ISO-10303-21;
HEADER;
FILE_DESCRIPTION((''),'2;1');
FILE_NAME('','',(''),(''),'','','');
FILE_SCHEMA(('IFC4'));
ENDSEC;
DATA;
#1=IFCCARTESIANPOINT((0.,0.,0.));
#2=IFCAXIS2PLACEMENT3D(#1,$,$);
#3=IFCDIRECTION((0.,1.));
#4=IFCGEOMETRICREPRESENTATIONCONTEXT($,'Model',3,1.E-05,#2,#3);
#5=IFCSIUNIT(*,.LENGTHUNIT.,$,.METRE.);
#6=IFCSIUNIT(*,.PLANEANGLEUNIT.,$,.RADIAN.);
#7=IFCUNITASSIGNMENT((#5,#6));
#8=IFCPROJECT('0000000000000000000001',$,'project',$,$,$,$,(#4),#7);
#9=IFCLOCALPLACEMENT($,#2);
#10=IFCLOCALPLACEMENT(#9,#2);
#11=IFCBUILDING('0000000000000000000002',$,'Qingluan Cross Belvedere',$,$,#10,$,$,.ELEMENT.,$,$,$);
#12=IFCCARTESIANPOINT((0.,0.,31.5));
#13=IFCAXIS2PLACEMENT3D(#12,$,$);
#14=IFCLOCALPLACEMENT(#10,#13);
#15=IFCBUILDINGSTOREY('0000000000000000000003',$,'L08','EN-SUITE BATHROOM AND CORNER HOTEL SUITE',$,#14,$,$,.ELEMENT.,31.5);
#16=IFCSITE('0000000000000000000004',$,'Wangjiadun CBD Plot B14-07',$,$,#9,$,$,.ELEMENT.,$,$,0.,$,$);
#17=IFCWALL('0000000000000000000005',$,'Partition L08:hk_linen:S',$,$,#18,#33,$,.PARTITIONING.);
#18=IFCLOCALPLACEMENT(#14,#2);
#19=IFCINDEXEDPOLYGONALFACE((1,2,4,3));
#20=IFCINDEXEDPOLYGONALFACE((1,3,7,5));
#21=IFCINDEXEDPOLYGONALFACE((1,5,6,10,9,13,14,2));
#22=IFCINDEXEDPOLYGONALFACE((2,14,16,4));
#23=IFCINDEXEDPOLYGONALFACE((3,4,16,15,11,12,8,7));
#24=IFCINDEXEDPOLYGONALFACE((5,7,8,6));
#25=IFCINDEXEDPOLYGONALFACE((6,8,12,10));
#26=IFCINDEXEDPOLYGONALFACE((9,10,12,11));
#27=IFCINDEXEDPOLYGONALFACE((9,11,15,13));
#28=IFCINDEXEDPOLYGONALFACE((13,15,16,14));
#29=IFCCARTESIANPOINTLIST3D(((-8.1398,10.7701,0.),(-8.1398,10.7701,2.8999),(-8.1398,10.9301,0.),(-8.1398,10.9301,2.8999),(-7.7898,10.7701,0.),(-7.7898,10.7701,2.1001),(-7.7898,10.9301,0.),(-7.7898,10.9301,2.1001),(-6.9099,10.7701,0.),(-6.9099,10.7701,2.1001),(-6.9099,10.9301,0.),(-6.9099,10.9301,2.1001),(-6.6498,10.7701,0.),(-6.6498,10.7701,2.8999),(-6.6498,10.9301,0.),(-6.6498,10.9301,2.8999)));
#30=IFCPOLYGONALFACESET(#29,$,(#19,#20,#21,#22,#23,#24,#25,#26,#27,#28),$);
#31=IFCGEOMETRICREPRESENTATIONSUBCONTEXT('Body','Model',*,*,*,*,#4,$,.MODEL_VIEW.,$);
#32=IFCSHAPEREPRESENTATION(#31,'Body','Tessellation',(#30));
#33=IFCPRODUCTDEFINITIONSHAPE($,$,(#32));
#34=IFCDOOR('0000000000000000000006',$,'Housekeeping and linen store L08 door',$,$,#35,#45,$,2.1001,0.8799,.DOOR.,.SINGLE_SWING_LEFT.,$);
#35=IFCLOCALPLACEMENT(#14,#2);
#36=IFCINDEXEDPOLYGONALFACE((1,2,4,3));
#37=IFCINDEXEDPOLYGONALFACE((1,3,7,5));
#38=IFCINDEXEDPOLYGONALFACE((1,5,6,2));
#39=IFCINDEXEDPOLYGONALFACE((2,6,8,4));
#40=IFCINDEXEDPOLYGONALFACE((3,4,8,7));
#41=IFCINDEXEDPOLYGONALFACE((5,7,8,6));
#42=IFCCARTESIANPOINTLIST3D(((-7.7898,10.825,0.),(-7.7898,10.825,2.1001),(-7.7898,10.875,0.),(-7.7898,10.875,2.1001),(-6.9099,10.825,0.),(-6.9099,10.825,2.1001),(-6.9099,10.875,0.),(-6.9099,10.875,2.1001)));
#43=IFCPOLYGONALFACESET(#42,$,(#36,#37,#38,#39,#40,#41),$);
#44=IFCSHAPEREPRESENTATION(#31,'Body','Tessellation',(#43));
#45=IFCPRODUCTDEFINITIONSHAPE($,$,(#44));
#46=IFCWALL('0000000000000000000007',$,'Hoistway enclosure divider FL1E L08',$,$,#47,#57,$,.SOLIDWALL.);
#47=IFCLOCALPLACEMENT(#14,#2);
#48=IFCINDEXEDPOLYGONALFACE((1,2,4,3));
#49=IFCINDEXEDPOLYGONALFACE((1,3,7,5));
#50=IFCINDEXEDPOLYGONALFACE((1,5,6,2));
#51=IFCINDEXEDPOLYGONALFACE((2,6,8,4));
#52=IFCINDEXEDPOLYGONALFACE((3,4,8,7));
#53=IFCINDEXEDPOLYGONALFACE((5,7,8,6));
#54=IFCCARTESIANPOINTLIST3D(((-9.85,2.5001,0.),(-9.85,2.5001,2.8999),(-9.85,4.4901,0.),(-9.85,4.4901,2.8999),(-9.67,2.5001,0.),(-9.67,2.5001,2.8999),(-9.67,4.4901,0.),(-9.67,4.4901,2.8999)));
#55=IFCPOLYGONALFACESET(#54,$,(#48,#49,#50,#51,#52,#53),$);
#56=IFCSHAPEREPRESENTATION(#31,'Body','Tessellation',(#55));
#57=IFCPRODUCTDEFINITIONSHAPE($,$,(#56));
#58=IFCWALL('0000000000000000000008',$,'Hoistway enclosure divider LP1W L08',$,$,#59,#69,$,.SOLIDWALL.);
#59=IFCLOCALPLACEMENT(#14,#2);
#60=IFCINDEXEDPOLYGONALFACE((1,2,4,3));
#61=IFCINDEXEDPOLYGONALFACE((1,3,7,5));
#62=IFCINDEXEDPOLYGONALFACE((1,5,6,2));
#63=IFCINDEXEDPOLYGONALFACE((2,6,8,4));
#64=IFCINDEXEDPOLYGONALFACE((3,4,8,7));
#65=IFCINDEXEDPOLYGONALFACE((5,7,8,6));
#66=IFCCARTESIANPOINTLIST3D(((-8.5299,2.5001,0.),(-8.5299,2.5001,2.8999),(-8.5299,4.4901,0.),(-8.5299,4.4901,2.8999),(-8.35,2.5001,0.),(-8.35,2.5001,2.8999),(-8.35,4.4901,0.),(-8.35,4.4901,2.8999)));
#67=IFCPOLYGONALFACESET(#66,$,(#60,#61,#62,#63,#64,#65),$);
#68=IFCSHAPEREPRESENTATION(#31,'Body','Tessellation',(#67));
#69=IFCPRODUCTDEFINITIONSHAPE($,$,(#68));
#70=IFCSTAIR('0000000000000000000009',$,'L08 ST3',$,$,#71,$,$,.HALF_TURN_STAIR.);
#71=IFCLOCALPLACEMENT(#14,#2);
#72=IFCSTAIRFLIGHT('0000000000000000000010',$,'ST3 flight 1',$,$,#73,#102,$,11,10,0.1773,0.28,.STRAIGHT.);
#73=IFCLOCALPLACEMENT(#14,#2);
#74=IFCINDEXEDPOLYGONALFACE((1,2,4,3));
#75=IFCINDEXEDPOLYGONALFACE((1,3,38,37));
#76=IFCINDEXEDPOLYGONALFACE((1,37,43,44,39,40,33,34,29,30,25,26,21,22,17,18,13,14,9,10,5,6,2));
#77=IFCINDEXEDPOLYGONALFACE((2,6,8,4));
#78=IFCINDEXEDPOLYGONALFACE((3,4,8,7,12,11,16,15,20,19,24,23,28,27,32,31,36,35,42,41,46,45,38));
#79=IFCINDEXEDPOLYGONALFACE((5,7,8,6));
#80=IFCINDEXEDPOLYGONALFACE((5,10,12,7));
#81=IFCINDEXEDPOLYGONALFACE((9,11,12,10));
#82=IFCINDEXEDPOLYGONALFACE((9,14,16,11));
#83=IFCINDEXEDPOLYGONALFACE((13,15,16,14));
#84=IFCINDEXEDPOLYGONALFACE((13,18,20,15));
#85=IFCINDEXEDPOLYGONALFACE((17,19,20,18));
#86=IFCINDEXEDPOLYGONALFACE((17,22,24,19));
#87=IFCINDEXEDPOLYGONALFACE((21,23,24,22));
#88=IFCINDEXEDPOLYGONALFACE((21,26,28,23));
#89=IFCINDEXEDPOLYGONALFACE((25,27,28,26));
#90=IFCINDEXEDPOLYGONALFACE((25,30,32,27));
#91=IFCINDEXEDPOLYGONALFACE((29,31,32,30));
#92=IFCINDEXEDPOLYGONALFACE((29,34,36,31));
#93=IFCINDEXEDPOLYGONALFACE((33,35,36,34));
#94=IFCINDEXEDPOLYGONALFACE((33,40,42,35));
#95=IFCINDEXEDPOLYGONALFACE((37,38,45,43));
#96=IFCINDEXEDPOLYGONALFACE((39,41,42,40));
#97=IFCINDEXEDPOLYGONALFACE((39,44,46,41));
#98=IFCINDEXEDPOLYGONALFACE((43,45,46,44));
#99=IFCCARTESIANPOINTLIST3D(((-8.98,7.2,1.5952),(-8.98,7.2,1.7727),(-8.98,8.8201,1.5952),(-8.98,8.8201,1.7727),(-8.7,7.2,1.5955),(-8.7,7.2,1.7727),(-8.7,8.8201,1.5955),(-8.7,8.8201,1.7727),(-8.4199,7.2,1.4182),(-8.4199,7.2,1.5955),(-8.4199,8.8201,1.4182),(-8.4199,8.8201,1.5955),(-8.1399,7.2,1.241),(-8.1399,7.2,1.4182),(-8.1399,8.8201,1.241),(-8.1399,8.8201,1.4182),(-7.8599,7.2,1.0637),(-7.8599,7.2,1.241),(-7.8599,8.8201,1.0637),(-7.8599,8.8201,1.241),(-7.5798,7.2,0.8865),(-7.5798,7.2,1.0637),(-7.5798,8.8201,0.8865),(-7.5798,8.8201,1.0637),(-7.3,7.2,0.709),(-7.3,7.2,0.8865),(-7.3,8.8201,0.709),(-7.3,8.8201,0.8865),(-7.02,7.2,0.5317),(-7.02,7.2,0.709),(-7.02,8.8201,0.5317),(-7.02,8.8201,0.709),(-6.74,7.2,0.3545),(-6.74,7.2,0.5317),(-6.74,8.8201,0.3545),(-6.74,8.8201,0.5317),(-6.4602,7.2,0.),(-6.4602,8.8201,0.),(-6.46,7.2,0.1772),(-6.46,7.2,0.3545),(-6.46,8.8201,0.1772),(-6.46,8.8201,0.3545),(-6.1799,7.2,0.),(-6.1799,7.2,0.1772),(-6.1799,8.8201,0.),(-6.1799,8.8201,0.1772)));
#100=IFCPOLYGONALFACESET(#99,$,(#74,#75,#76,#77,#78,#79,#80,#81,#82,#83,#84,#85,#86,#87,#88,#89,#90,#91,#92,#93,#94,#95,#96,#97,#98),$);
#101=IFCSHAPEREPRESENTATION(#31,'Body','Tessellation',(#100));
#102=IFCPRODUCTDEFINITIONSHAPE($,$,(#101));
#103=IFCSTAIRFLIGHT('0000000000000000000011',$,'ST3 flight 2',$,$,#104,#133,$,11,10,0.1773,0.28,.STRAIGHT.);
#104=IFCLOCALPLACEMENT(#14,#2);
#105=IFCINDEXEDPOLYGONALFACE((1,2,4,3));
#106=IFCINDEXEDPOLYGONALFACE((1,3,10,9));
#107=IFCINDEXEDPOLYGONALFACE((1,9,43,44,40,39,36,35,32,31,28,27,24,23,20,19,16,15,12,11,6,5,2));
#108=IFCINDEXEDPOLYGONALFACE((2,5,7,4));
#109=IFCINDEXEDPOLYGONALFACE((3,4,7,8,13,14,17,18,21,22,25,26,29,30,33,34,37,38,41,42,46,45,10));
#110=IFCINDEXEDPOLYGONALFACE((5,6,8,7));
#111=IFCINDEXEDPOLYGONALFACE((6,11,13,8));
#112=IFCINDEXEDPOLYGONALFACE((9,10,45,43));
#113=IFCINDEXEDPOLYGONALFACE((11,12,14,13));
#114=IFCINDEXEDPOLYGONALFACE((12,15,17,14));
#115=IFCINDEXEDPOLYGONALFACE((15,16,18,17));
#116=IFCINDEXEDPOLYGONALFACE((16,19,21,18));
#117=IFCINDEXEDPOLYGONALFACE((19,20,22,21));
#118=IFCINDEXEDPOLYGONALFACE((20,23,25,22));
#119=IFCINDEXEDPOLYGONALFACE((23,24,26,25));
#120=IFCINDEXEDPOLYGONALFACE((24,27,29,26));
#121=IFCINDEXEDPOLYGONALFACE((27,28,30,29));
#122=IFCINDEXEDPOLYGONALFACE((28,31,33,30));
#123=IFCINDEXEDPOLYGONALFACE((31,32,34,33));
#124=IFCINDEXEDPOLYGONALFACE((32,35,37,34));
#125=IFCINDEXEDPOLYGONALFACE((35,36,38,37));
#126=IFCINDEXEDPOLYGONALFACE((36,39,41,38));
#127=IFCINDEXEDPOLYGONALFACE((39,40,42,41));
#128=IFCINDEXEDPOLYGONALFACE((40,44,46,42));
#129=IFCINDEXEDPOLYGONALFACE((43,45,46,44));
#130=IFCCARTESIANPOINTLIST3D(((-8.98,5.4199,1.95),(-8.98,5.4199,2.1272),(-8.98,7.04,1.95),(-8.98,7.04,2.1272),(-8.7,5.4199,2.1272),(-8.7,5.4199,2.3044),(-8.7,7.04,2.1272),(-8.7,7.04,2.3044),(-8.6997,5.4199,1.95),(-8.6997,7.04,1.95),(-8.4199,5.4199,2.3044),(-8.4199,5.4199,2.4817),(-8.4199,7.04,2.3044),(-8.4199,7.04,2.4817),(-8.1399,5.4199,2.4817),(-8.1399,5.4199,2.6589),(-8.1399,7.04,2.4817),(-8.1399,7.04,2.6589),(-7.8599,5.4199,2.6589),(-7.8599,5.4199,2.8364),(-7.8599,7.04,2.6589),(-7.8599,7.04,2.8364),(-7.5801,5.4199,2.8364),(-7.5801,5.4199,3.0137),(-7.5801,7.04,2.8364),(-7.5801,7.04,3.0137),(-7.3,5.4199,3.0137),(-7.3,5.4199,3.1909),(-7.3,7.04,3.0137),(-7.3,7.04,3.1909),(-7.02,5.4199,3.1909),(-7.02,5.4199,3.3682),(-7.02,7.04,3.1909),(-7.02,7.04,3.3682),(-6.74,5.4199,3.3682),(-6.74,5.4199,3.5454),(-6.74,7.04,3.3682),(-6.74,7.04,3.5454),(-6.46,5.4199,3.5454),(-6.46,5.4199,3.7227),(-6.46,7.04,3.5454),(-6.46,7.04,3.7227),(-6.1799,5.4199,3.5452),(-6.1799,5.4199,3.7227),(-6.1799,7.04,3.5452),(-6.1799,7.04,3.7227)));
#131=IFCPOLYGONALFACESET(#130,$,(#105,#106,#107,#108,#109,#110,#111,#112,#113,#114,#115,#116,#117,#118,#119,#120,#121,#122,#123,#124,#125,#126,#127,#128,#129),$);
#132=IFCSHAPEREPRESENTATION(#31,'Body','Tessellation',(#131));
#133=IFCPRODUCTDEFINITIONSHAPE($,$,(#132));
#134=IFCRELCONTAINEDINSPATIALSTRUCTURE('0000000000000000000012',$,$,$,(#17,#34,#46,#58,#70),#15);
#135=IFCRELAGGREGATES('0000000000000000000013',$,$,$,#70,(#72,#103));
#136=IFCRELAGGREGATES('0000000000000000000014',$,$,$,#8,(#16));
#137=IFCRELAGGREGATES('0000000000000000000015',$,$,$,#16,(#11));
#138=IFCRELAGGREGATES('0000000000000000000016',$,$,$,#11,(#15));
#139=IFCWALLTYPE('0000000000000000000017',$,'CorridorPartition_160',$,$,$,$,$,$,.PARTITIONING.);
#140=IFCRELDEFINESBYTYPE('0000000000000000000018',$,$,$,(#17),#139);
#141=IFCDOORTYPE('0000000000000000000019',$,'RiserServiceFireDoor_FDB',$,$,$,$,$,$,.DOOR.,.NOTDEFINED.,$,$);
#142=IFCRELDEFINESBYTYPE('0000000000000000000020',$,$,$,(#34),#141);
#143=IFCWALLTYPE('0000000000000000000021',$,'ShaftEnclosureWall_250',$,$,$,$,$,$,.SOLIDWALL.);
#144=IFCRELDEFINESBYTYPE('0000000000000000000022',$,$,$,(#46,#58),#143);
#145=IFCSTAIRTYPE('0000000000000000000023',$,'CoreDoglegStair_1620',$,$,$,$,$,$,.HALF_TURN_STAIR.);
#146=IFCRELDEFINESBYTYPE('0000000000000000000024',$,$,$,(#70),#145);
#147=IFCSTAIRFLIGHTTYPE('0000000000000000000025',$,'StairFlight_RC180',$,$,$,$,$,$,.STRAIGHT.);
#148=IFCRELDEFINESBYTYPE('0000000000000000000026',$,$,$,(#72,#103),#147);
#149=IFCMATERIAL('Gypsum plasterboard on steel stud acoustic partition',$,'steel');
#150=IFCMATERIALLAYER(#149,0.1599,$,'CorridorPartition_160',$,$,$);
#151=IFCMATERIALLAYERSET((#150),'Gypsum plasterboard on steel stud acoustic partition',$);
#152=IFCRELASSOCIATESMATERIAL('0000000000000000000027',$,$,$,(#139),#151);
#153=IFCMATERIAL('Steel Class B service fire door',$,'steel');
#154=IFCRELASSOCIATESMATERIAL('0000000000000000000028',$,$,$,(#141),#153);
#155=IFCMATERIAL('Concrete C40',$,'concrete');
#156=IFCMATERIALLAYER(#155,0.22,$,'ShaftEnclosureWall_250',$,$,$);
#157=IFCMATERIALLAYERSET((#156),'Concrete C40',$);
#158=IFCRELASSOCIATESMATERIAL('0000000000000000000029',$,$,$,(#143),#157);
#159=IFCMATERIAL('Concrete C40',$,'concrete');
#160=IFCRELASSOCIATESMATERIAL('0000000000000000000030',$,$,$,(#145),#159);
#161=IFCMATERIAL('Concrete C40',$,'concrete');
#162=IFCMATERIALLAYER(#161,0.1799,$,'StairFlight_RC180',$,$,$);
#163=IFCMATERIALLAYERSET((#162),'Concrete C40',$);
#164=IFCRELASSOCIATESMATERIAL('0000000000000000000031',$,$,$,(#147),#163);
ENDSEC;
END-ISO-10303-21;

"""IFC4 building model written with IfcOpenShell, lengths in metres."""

from ifc_helpers import new_model, si_unit, direction, frame, frame_2d, origin, place, context, subcontext, project, spatial, polyline, rectangle, outline, extrude, material, layer, layer_set, type_object, element, fill, aggregate, save


model = new_model("IFC4")

# Units and contexts
model_context = context("Model", 3, precision=1e-05, world=origin(), true_north=direction((0.0, 1.0)))
body_context = subcontext(model_context, "Body", "Model", "MODEL_VIEW")
ifc_project = project(units=[si_unit("LENGTHUNIT", "METRE"), si_unit("PLANEANGLEUNIT", "RADIAN")], contexts=[model_context])

# Site, building, storey
site_placement = place(None, origin())
site = spatial("IfcSite", under=ifc_project, at=site_placement, Name="Wangjiadun CBD Plot B14-07", CompositionType="ELEMENT", RefElevation=0.0)
building_placement = place(site_placement, origin())
building = spatial("IfcBuilding", under=site, at=building_placement, Name="Qingluan Cross Belvedere", CompositionType="ELEMENT")
storey_placement = place(building_placement, frame((0.0, 0.0, 31.5)))
storey = spatial("IfcBuildingStorey", under=building, at=storey_placement, Name="L08", Description="EN-SUITE BATHROOM AND CORNER HOTEL SUITE", CompositionType="ELEMENT", Elevation=31.5)

# Wall, opening, door
ifc_material_1 = material(Name="Gypsum plasterboard on steel stud acoustic partition", Category="steel")
ifc_layer_1 = layer(ifc_material_1, 0.1599, Name="CorridorPartition_160")
ifc_layer_set_1 = layer_set([ifc_layer_1], Name="Gypsum plasterboard on steel stud acoustic partition")
wall_type_1 = type_object("IfcWallType", Name="CorridorPartition_160", PredefinedType="PARTITIONING", material=ifc_layer_set_1)
ifc_material_2 = material(Name="Steel Class B service fire door", Category="steel")
door_type_1 = type_object("IfcDoorType", Name="RiserServiceFireDoor_FDB", OperationType="NOTDEFINED", PredefinedType="DOOR", material=ifc_material_2)
wall_1_placement = place(storey_placement, frame((-8.1399, 10.8501, 0.0), z_axis=(0.0, 0.0, 1.0), x_axis=(1.0, 0.0, 0.0)))
wall_1 = element("IfcWall", 1, at=wall_1_placement, inside=storey, type_object=wall_type_1, Name="Partition L08:hk_linen:S", PredefinedType="PARTITIONING", context=body_context, shape_type="SweptSolid", body=[
    extrude(rectangle(XDim=1.49, YDim=0.1599, at=frame_2d((0.7451, 0.0))), origin(), (0.0, 0.0, 1.0), 2.8999),
])
opening_1_placement = place(wall_1_placement, frame((0.3501, 0.0, 0.0)))
opening_1 = element("IfcOpeningElement", 2, at=opening_1_placement, cuts=wall_1, PredefinedType="OPENING", context=body_context, shape_type="SweptSolid", body=[
    extrude(rectangle(XDim=0.8799, YDim=2.1001, at=frame_2d((0.4399, 1.05))), frame((0.0, 0.0898, 0.0), z_axis=(0.0, -1.0, 0.0), x_axis=(1.0, 0.0, 0.0)), (0.0, 0.0, 1.0), 0.1799),
])
door_1_placement = place(opening_1_placement, origin())
door_1 = element("IfcDoor", 3, at=door_1_placement, inside=storey, type_object=door_type_1, Name="Housekeeping and linen store L08 door", OperationType="SINGLE_SWING_LEFT", OverallHeight=2.1001, OverallWidth=0.8799, PredefinedType="DOOR", context=body_context, shape_type="SweptSolid", body=[
    extrude(rectangle(XDim=0.8799, YDim=2.1001, at=frame_2d((0.4399, 1.05))), frame((0.0, 0.0249, 0.0), z_axis=(0.0, -1.0, 0.0), x_axis=(1.0, 0.0, 0.0)), (0.0, 0.0, 1.0), 0.05),
])
fill(opening_1, door_1)

# Shared definitions
ifc_material_3 = material(Name="Concrete C40", Category="concrete")
ifc_layer_2 = layer(ifc_material_3, 0.22, Name="ShaftEnclosureWall_250")
ifc_layer_set_2 = layer_set([ifc_layer_2], Name="Concrete C40")
wall_type_2 = type_object("IfcWallType", Name="ShaftEnclosureWall_250", PredefinedType="SOLIDWALL", material=ifc_layer_set_2)

# Walls
for number, where, z_axis, x_axis, name in (
    (4, (-9.76, 2.5, 0.0), (0.0, 0.0, 1.0), (0.0, 1.0, 0.0), "Hoistway enclosure divider FL1E L08"),
    (5, (-8.4399, 2.5, 0.0), (0.0, 0.0, 1.0), (0.0, 1.0, 0.0), "Hoistway enclosure divider LP1W L08"),
):
    element("IfcWall", number, at=place(storey_placement, frame(where, z_axis=z_axis, x_axis=x_axis)), inside=storey, type_object=wall_type_2, Name=name, PredefinedType="SOLIDWALL", context=body_context, shape_type="SweptSolid", body=[
        extrude(rectangle(XDim=1.99, YDim=0.1799, at=frame_2d((0.9951, 0.0))), origin(), (0.0, 0.0, 1.0), 2.8999),
    ])

# Stair, stair flights
ifc_material_4 = material(Name="Concrete C40", Category="concrete")
stair_type = type_object("IfcStairType", Name="CoreDoglegStair_1620", PredefinedType="HALF_TURN_STAIR", material=ifc_material_4)
stair_placement = place(storey_placement, origin())
stair = element("IfcStair", 6, at=stair_placement, inside=storey, type_object=stair_type, Name="L08 ST3", PredefinedType="HALF_TURN_STAIR")
ifc_material_5 = material(Name="Concrete C40", Category="concrete")
ifc_layer_3 = layer(ifc_material_5, 0.1799, Name="StairFlight_RC180")
ifc_layer_set_3 = layer_set([ifc_layer_3], Name="Concrete C40")
stair_flight_type = type_object("IfcStairFlightType", Name="StairFlight_RC180", PredefinedType="STRAIGHT", material=ifc_layer_set_3)
stair_flight_1_placement = place(storey_placement, frame((-6.1799, 8.01, 0.0), z_axis=(0.0, 0.0, 1.0), x_axis=(-1.0, 0.0, 0.0)))
stair_flight_1 = element("IfcStairFlight", 7, at=stair_flight_1_placement, type_object=stair_flight_type, Name="ST3 flight 1", NumberOfRisers=11, NumberOfTreads=10, PredefinedType="STRAIGHT", RiserHeight=0.1773, TreadLength=0.28, context=body_context, shape_type="SweptSolid", body=[
    extrude(outline(polyline([(0.0, 0.0), (0.0, 0.1772), (0.28, 0.1772), (0.28, 0.3545), (0.5601, 0.3545), (0.5601, 0.5317), (0.8401, 0.5317), (0.8401, 0.709), (1.1201, 0.709), (1.1201, 0.8865), (1.3999, 0.8865), (1.3999, 1.0637), (1.6799, 1.0637), (1.6799, 1.241), (1.96, 1.241), (1.96, 1.4182), (2.24, 1.4182), (2.24, 1.5955), (2.52, 1.5955), (2.52, 1.7727), (2.8, 1.7727), (2.8, 1.95), (2.8, 1.5952), (0.2803, 0.0), (0.0, 0.0)])), frame((0.0, 0.8101, 0.0), z_axis=(0.0, -1.0, 0.0), x_axis=(1.0, 0.0, 0.0)), (0.0, 0.0, 1.0), 1.6201),
])
stair_flight_2_placement = place(storey_placement, frame((-8.98, 6.23, 1.95), z_axis=(0.0, 0.0, 1.0), x_axis=(1.0, 0.0, 0.0)))
stair_flight_2 = element("IfcStairFlight", 8, at=stair_flight_2_placement, type_object=stair_flight_type, Name="ST3 flight 2", NumberOfRisers=11, NumberOfTreads=10, PredefinedType="STRAIGHT", RiserHeight=0.1773, TreadLength=0.28, context=body_context, shape_type="SweptSolid", body=[
    extrude(outline(polyline([(0.0, 0.0), (0.0, 0.1772), (0.28, 0.1772), (0.28, 0.3545), (0.5601, 0.3545), (0.5601, 0.5317), (0.8401, 0.5317), (0.8401, 0.709), (1.1201, 0.709), (1.1201, 0.8865), (1.3999, 0.8865), (1.3999, 1.0637), (1.6799, 1.0637), (1.6799, 1.241), (1.96, 1.241), (1.96, 1.4182), (2.24, 1.4182), (2.24, 1.5955), (2.52, 1.5955), (2.52, 1.7727), (2.8, 1.7727), (2.8, 1.95), (2.8, 1.5952), (0.2803, 0.0), (0.0, 0.0)])), frame((0.0, 0.8101, 0.0), z_axis=(0.0, -1.0, 0.0), x_axis=(1.0, 0.0, 0.0)), (0.0, 0.0, 1.0), 1.6201),
])
aggregate(stair, [stair_flight_1, stair_flight_2])

save(model, "model.ifc")
